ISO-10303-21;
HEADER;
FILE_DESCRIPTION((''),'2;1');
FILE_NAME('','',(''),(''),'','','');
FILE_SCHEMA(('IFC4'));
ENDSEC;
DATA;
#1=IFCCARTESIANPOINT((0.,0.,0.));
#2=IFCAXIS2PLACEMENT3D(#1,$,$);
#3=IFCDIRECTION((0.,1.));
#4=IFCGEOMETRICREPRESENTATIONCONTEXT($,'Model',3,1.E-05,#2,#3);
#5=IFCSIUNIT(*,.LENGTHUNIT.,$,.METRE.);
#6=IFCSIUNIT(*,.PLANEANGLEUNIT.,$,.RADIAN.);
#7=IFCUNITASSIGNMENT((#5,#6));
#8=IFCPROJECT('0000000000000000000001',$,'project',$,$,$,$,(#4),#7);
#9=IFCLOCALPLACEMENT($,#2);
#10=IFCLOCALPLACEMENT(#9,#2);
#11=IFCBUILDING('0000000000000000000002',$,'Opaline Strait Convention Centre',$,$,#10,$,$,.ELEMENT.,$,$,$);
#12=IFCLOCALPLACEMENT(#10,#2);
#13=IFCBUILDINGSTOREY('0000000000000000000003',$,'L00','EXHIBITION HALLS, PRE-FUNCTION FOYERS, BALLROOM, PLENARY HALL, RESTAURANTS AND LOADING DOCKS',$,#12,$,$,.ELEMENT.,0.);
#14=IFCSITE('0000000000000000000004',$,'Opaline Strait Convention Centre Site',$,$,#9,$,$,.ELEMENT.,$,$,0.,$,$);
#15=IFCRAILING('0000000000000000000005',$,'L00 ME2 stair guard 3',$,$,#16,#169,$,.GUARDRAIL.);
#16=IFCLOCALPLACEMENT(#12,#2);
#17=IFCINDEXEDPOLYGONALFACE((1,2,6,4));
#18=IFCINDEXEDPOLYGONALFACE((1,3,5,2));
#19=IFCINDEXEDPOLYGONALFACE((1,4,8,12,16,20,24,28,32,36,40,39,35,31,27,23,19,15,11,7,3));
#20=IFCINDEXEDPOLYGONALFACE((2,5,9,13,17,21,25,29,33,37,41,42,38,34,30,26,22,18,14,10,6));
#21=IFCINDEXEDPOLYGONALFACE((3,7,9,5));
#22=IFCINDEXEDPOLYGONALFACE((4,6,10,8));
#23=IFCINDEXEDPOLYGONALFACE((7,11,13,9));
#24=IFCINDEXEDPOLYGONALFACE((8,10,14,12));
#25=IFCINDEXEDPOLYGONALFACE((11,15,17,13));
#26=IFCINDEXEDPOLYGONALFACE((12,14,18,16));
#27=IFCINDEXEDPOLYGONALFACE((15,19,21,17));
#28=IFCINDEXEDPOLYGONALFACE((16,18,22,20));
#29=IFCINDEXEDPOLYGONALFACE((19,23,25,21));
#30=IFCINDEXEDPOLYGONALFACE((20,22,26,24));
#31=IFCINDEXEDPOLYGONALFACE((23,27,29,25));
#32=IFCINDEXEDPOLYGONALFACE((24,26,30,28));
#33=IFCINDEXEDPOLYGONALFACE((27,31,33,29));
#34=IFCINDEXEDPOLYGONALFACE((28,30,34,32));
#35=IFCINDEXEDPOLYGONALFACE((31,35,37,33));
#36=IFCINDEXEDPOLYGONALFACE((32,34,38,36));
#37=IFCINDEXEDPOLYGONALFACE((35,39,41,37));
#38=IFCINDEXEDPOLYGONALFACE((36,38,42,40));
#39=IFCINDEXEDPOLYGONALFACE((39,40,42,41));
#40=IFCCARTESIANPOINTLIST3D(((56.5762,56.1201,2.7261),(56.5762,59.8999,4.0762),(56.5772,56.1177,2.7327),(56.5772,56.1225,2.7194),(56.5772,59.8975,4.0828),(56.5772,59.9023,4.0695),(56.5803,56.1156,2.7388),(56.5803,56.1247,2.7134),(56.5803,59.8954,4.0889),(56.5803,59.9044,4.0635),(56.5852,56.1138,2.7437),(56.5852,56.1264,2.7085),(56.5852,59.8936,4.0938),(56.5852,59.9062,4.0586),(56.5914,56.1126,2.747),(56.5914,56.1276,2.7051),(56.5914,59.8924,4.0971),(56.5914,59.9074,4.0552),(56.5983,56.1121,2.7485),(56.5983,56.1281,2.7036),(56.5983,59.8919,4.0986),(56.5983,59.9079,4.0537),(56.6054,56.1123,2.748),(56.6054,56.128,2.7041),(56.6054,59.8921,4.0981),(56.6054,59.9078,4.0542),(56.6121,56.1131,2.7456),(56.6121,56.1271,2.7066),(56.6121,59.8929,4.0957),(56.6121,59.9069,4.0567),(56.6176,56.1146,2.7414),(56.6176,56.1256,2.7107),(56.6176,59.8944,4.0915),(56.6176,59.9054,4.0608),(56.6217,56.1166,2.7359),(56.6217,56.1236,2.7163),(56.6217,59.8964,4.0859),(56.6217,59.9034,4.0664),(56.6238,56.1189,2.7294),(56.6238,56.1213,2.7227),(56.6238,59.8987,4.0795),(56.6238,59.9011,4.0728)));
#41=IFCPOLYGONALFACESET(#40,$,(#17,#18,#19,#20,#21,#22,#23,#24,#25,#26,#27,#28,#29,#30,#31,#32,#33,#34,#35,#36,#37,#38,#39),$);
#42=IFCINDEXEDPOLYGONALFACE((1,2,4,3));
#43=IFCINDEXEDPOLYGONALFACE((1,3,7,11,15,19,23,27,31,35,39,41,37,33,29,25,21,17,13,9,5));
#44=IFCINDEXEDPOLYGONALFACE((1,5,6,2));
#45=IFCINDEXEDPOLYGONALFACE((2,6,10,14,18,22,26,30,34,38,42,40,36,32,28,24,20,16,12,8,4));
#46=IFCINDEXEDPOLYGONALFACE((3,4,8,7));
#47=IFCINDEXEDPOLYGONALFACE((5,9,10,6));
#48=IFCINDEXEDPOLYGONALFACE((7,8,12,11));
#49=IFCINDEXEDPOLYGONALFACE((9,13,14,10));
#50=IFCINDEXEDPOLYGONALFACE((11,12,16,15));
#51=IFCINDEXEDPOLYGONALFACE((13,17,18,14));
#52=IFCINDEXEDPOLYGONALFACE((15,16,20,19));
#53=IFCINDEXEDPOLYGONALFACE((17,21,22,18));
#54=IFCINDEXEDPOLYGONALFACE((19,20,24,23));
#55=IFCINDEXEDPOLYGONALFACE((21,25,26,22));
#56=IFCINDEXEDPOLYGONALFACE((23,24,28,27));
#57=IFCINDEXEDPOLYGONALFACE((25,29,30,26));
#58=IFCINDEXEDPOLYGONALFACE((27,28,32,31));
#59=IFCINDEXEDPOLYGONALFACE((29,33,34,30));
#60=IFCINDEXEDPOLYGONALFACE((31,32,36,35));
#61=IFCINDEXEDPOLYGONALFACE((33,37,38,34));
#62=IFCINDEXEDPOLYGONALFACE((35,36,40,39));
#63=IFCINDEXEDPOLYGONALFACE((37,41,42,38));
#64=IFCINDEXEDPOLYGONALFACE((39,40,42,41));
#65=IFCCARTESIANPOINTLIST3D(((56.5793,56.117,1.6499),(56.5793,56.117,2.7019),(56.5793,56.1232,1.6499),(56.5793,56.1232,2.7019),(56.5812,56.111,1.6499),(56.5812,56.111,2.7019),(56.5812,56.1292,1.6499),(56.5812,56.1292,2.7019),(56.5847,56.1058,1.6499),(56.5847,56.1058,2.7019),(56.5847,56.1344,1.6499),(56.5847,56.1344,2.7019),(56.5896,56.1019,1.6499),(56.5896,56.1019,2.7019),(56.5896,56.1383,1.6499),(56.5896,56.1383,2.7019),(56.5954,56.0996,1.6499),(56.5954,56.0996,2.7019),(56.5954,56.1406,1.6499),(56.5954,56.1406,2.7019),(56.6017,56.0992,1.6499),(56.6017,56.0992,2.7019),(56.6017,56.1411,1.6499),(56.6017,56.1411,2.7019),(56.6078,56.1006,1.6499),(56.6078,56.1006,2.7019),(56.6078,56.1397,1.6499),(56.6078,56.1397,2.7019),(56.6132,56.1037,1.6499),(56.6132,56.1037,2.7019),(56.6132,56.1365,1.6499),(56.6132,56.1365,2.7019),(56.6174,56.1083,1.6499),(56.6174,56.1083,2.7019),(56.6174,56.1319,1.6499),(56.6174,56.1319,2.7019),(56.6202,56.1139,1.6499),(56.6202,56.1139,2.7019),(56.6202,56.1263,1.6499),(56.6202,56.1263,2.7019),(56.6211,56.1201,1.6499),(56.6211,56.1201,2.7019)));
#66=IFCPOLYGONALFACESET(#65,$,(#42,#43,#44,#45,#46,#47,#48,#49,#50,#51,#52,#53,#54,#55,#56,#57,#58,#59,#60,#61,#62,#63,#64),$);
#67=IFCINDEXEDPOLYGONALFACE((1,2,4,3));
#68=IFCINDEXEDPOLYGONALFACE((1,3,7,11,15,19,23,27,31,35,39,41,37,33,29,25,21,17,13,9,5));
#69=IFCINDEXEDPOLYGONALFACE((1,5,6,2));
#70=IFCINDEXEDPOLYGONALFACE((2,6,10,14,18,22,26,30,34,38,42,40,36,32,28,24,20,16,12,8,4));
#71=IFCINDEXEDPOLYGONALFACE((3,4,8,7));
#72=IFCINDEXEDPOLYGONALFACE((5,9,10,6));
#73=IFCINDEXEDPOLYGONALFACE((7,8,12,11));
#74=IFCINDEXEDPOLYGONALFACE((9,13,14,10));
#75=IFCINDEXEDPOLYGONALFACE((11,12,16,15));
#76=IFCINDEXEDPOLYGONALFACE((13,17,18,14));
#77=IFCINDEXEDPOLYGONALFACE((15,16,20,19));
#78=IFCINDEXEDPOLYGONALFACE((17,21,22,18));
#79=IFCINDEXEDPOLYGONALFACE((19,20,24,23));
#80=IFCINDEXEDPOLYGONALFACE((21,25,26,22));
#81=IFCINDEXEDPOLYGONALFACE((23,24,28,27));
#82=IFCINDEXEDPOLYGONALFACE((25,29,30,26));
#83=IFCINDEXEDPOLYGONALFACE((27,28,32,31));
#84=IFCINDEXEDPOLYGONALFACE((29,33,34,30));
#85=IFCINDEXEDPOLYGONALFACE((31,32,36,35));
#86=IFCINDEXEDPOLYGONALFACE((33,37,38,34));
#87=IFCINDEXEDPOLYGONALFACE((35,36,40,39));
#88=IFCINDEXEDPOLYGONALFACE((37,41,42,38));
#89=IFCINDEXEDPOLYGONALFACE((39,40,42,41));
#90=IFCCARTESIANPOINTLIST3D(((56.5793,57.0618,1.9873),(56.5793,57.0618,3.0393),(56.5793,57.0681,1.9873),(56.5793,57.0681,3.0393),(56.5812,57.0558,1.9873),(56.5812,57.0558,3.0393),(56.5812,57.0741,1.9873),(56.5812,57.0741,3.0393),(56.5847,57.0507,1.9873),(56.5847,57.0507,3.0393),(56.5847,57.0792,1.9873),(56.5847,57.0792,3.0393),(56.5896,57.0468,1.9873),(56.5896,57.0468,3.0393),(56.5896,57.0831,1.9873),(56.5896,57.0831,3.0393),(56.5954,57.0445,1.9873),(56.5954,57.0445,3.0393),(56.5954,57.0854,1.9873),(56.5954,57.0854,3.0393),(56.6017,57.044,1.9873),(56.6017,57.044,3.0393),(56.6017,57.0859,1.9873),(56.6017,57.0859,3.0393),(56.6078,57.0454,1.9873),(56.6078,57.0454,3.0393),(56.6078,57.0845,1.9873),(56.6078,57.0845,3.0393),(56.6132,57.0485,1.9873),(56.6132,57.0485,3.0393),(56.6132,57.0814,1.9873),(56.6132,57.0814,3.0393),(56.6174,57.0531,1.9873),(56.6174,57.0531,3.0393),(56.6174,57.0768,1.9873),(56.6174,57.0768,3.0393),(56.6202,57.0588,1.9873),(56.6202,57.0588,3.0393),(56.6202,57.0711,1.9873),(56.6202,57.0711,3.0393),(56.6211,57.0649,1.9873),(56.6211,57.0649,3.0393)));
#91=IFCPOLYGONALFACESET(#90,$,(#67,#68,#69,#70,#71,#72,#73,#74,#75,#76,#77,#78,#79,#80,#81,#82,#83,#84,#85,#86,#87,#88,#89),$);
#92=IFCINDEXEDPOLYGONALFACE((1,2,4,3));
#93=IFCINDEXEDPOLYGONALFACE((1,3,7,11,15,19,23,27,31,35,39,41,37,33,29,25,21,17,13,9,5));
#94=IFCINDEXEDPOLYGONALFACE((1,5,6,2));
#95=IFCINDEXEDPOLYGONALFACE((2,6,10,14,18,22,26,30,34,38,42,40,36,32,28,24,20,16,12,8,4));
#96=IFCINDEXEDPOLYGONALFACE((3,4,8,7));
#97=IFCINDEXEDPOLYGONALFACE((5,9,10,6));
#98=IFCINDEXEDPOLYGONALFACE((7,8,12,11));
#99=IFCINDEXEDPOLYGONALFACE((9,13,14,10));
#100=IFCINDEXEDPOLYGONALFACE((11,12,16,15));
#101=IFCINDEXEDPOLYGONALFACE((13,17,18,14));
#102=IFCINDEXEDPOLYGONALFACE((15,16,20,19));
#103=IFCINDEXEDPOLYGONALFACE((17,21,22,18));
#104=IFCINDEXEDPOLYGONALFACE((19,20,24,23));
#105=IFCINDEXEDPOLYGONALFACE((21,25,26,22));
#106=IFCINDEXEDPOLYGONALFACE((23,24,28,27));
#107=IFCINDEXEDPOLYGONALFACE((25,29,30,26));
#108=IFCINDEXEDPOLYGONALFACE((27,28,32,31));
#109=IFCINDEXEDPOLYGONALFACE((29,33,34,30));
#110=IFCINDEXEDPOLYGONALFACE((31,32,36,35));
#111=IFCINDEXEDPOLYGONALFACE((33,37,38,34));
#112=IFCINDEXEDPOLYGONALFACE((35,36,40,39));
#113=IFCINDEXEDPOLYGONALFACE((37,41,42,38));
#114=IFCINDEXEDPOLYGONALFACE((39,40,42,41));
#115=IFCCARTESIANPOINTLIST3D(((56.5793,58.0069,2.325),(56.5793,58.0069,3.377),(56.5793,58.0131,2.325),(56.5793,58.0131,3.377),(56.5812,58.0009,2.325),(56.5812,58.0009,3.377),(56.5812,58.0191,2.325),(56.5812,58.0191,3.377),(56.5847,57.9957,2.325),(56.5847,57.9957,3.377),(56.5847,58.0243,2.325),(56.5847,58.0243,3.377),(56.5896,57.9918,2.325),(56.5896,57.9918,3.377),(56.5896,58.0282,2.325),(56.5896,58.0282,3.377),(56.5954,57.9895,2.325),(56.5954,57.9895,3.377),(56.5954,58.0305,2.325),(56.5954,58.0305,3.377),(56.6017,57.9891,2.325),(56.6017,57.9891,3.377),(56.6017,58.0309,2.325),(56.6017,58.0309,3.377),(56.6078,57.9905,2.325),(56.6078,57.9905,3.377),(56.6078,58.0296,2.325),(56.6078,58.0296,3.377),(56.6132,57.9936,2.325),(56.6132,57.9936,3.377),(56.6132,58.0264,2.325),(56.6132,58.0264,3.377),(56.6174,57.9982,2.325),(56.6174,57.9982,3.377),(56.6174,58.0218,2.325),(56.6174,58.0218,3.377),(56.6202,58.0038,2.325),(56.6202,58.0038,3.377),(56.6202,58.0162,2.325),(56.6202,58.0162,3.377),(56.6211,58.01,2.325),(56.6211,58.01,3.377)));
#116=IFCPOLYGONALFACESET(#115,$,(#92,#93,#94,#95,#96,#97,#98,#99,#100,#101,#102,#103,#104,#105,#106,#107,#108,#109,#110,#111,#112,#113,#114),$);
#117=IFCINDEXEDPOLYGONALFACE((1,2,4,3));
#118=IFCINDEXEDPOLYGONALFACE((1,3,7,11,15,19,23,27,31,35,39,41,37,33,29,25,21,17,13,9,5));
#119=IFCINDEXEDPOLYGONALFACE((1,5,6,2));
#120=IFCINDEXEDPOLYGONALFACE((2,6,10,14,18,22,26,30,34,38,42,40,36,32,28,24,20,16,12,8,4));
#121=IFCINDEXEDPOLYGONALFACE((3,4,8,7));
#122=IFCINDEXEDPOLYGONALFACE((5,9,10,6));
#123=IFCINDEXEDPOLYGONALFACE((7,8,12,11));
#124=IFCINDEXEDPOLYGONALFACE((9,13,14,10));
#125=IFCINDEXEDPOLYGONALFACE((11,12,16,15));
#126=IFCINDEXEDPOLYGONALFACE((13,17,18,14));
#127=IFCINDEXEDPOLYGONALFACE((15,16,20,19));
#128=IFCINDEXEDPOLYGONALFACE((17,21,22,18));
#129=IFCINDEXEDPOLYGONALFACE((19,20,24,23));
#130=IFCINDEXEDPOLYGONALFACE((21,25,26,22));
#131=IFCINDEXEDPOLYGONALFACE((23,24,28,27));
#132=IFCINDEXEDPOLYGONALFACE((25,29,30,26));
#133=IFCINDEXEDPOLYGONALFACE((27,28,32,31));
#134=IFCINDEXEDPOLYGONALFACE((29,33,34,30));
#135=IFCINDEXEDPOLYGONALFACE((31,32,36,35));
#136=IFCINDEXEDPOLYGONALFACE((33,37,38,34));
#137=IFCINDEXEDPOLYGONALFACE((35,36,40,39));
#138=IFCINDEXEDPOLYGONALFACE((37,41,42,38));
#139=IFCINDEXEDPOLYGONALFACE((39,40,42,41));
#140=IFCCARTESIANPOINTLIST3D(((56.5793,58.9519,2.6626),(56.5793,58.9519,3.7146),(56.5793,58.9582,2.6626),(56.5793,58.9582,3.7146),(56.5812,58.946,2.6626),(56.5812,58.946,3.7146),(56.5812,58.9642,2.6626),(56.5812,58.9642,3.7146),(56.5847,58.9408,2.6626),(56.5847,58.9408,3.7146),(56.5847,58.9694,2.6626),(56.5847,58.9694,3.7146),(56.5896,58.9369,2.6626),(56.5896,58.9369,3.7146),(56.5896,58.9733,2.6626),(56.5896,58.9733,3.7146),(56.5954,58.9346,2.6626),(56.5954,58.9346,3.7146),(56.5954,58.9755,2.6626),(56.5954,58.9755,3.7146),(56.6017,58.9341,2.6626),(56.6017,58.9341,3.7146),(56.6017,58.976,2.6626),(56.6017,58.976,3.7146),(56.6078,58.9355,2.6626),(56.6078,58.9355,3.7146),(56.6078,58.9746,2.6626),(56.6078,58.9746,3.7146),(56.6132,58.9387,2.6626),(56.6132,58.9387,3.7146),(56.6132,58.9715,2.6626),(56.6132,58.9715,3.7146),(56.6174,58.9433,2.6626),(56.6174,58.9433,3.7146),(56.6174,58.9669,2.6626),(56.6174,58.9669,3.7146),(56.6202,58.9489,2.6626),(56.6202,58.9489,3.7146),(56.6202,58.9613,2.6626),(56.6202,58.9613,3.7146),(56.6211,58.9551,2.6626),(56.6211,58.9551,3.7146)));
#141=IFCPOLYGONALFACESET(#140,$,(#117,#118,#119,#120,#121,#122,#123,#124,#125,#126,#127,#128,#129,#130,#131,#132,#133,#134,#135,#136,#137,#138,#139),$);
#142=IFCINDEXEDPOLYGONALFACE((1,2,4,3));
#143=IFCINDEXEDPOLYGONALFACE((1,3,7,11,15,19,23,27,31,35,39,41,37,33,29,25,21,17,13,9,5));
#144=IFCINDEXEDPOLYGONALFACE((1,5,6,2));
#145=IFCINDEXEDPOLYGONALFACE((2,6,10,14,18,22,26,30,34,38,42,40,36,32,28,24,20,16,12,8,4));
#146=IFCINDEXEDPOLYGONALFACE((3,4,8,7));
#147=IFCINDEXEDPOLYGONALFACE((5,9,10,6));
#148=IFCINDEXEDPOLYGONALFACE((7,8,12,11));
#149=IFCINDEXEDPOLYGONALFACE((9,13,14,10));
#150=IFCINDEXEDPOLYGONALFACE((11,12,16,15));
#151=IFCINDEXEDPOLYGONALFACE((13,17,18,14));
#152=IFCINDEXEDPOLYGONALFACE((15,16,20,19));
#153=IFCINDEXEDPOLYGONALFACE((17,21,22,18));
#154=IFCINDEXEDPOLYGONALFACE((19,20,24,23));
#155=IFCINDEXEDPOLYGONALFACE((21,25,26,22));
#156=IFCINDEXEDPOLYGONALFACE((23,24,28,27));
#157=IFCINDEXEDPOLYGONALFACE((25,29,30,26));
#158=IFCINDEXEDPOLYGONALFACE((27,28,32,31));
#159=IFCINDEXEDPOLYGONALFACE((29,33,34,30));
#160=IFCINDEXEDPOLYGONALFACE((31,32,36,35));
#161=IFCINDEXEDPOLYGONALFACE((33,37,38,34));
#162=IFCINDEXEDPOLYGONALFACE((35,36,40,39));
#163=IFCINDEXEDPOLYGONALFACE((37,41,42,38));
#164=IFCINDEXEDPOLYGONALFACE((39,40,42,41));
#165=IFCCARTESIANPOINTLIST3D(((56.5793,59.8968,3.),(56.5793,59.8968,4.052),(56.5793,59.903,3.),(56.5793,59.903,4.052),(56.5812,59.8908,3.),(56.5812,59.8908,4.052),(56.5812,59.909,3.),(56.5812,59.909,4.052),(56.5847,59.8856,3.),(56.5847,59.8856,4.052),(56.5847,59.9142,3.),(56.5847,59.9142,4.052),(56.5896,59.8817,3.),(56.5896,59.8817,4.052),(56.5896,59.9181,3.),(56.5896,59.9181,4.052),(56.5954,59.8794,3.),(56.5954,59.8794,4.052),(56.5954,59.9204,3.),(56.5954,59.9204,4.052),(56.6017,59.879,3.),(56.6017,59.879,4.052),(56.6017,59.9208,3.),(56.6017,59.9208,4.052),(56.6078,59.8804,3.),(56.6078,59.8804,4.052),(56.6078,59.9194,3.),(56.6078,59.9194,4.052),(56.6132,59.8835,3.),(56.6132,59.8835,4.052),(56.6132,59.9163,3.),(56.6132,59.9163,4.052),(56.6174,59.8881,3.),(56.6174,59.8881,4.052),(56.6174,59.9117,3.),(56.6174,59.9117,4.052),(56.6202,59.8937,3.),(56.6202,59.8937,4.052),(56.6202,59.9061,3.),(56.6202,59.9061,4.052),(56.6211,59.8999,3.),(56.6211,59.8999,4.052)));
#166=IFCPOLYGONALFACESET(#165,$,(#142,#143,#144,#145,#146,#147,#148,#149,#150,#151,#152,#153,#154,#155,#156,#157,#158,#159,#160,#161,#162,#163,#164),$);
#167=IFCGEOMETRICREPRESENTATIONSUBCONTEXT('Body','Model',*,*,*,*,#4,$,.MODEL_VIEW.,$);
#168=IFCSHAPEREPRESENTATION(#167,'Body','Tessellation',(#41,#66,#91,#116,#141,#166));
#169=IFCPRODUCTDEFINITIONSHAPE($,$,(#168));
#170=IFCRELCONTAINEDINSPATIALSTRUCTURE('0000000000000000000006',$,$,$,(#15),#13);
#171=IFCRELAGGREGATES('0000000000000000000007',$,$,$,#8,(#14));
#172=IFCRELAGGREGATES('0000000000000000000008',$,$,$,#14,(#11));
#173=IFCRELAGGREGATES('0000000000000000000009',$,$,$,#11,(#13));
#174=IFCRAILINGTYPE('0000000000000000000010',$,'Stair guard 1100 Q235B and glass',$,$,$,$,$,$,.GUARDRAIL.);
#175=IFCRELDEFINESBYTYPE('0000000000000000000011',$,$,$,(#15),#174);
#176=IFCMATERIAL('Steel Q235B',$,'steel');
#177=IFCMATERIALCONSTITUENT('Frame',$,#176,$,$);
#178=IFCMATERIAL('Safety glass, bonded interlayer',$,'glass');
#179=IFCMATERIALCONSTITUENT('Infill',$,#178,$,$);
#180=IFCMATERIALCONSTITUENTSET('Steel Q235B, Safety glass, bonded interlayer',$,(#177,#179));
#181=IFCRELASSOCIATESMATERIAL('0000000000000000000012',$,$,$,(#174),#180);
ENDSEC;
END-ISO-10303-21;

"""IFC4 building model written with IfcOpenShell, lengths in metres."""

from ifc_helpers import new_model, si_unit, direction, frame, origin, origin_2d, place, context, subcontext, project, spatial, circle, extrude, material, constituent, constituent_set, type_object, element, save


model = new_model("IFC4")

# Units and contexts
model_context = context("Model", 3, precision=1e-05, world=origin(), true_north=direction((0.0, 1.0)))
body_context = subcontext(model_context, "Body", "Model", "MODEL_VIEW")
ifc_project = project(units=[si_unit("LENGTHUNIT", "METRE"), si_unit("PLANEANGLEUNIT", "RADIAN")], contexts=[model_context])

# Site, building, storey
site_placement = place(None, origin())
site = spatial("IfcSite", under=ifc_project, at=site_placement, Name="Opaline Strait Convention Centre Site", CompositionType="ELEMENT", RefElevation=0.0)
building_placement = place(site_placement, origin())
building = spatial("IfcBuilding", under=site, at=building_placement, Name="Opaline Strait Convention Centre", CompositionType="ELEMENT")
storey_placement = place(building_placement, origin())
storey = spatial("IfcBuildingStorey", under=building, at=storey_placement, Name="L00", Description="EXHIBITION HALLS, PRE-FUNCTION FOYERS, BALLROOM, PLENARY HALL, RESTAURANTS AND LOADING DOCKS", CompositionType="ELEMENT", Elevation=0.0)

# Railing
ifc_material_1 = material(Name="Steel Q235B", Category="steel")
ifc_constituent_1 = constituent(ifc_material_1, Name="Frame")
ifc_material_2 = material(Name="Safety glass, bonded interlayer", Category="glass")
ifc_constituent_2 = constituent(ifc_material_2, Name="Infill")
ifc_constituent_set = constituent_set(constituents=[ifc_constituent_1, ifc_constituent_2], Name="Steel Q235B, Safety glass, bonded interlayer")
railing_type_1 = type_object("IfcRailingType", Name="Stair guard 1100 Q235B and glass", PredefinedType="GUARDRAIL", material=ifc_constituent_set)
railing_1_placement = place(storey_placement, frame((56.6001, 56.1201, 1.6499)))
element("IfcRailing", 1, at=railing_1_placement, inside=storey, type_object=railing_type_1, Name="L00 ME2 stair guard 3", PredefinedType="GUARDRAIL", context=body_context, shape_type="SweptSolid", body=[
    extrude(circle(Radius=0.0239, at=origin_2d()), frame((0.0, 0.0, 1.0762), z_axis=(0.0, 0.941728, 0.336375), x_axis=(-1.0, 0.0, 0.0)), (0.0, 0.0, 1.0), 4.0137),
    extrude(circle(Radius=0.021, at=origin_2d()), origin(), (0.0, 0.0, 1.0), 1.052),
    extrude(circle(Radius=0.021, at=origin_2d()), frame((0.0, 0.9448, 0.3374)), (0.0, 0.0, 1.0), 1.052),
    extrude(circle(Radius=0.021, at=origin_2d()), frame((0.0, 1.8899, 0.675)), (0.0, 0.0, 1.0), 1.052),
    extrude(circle(Radius=0.021, at=origin_2d()), frame((0.0, 2.835, 1.0127)), (0.0, 0.0, 1.0), 1.052),
    extrude(circle(Radius=0.021, at=origin_2d()), frame((0.0, 3.7798, 1.3501)), (0.0, 0.0, 1.0), 1.052),
])

save(model, "model.ifc")
